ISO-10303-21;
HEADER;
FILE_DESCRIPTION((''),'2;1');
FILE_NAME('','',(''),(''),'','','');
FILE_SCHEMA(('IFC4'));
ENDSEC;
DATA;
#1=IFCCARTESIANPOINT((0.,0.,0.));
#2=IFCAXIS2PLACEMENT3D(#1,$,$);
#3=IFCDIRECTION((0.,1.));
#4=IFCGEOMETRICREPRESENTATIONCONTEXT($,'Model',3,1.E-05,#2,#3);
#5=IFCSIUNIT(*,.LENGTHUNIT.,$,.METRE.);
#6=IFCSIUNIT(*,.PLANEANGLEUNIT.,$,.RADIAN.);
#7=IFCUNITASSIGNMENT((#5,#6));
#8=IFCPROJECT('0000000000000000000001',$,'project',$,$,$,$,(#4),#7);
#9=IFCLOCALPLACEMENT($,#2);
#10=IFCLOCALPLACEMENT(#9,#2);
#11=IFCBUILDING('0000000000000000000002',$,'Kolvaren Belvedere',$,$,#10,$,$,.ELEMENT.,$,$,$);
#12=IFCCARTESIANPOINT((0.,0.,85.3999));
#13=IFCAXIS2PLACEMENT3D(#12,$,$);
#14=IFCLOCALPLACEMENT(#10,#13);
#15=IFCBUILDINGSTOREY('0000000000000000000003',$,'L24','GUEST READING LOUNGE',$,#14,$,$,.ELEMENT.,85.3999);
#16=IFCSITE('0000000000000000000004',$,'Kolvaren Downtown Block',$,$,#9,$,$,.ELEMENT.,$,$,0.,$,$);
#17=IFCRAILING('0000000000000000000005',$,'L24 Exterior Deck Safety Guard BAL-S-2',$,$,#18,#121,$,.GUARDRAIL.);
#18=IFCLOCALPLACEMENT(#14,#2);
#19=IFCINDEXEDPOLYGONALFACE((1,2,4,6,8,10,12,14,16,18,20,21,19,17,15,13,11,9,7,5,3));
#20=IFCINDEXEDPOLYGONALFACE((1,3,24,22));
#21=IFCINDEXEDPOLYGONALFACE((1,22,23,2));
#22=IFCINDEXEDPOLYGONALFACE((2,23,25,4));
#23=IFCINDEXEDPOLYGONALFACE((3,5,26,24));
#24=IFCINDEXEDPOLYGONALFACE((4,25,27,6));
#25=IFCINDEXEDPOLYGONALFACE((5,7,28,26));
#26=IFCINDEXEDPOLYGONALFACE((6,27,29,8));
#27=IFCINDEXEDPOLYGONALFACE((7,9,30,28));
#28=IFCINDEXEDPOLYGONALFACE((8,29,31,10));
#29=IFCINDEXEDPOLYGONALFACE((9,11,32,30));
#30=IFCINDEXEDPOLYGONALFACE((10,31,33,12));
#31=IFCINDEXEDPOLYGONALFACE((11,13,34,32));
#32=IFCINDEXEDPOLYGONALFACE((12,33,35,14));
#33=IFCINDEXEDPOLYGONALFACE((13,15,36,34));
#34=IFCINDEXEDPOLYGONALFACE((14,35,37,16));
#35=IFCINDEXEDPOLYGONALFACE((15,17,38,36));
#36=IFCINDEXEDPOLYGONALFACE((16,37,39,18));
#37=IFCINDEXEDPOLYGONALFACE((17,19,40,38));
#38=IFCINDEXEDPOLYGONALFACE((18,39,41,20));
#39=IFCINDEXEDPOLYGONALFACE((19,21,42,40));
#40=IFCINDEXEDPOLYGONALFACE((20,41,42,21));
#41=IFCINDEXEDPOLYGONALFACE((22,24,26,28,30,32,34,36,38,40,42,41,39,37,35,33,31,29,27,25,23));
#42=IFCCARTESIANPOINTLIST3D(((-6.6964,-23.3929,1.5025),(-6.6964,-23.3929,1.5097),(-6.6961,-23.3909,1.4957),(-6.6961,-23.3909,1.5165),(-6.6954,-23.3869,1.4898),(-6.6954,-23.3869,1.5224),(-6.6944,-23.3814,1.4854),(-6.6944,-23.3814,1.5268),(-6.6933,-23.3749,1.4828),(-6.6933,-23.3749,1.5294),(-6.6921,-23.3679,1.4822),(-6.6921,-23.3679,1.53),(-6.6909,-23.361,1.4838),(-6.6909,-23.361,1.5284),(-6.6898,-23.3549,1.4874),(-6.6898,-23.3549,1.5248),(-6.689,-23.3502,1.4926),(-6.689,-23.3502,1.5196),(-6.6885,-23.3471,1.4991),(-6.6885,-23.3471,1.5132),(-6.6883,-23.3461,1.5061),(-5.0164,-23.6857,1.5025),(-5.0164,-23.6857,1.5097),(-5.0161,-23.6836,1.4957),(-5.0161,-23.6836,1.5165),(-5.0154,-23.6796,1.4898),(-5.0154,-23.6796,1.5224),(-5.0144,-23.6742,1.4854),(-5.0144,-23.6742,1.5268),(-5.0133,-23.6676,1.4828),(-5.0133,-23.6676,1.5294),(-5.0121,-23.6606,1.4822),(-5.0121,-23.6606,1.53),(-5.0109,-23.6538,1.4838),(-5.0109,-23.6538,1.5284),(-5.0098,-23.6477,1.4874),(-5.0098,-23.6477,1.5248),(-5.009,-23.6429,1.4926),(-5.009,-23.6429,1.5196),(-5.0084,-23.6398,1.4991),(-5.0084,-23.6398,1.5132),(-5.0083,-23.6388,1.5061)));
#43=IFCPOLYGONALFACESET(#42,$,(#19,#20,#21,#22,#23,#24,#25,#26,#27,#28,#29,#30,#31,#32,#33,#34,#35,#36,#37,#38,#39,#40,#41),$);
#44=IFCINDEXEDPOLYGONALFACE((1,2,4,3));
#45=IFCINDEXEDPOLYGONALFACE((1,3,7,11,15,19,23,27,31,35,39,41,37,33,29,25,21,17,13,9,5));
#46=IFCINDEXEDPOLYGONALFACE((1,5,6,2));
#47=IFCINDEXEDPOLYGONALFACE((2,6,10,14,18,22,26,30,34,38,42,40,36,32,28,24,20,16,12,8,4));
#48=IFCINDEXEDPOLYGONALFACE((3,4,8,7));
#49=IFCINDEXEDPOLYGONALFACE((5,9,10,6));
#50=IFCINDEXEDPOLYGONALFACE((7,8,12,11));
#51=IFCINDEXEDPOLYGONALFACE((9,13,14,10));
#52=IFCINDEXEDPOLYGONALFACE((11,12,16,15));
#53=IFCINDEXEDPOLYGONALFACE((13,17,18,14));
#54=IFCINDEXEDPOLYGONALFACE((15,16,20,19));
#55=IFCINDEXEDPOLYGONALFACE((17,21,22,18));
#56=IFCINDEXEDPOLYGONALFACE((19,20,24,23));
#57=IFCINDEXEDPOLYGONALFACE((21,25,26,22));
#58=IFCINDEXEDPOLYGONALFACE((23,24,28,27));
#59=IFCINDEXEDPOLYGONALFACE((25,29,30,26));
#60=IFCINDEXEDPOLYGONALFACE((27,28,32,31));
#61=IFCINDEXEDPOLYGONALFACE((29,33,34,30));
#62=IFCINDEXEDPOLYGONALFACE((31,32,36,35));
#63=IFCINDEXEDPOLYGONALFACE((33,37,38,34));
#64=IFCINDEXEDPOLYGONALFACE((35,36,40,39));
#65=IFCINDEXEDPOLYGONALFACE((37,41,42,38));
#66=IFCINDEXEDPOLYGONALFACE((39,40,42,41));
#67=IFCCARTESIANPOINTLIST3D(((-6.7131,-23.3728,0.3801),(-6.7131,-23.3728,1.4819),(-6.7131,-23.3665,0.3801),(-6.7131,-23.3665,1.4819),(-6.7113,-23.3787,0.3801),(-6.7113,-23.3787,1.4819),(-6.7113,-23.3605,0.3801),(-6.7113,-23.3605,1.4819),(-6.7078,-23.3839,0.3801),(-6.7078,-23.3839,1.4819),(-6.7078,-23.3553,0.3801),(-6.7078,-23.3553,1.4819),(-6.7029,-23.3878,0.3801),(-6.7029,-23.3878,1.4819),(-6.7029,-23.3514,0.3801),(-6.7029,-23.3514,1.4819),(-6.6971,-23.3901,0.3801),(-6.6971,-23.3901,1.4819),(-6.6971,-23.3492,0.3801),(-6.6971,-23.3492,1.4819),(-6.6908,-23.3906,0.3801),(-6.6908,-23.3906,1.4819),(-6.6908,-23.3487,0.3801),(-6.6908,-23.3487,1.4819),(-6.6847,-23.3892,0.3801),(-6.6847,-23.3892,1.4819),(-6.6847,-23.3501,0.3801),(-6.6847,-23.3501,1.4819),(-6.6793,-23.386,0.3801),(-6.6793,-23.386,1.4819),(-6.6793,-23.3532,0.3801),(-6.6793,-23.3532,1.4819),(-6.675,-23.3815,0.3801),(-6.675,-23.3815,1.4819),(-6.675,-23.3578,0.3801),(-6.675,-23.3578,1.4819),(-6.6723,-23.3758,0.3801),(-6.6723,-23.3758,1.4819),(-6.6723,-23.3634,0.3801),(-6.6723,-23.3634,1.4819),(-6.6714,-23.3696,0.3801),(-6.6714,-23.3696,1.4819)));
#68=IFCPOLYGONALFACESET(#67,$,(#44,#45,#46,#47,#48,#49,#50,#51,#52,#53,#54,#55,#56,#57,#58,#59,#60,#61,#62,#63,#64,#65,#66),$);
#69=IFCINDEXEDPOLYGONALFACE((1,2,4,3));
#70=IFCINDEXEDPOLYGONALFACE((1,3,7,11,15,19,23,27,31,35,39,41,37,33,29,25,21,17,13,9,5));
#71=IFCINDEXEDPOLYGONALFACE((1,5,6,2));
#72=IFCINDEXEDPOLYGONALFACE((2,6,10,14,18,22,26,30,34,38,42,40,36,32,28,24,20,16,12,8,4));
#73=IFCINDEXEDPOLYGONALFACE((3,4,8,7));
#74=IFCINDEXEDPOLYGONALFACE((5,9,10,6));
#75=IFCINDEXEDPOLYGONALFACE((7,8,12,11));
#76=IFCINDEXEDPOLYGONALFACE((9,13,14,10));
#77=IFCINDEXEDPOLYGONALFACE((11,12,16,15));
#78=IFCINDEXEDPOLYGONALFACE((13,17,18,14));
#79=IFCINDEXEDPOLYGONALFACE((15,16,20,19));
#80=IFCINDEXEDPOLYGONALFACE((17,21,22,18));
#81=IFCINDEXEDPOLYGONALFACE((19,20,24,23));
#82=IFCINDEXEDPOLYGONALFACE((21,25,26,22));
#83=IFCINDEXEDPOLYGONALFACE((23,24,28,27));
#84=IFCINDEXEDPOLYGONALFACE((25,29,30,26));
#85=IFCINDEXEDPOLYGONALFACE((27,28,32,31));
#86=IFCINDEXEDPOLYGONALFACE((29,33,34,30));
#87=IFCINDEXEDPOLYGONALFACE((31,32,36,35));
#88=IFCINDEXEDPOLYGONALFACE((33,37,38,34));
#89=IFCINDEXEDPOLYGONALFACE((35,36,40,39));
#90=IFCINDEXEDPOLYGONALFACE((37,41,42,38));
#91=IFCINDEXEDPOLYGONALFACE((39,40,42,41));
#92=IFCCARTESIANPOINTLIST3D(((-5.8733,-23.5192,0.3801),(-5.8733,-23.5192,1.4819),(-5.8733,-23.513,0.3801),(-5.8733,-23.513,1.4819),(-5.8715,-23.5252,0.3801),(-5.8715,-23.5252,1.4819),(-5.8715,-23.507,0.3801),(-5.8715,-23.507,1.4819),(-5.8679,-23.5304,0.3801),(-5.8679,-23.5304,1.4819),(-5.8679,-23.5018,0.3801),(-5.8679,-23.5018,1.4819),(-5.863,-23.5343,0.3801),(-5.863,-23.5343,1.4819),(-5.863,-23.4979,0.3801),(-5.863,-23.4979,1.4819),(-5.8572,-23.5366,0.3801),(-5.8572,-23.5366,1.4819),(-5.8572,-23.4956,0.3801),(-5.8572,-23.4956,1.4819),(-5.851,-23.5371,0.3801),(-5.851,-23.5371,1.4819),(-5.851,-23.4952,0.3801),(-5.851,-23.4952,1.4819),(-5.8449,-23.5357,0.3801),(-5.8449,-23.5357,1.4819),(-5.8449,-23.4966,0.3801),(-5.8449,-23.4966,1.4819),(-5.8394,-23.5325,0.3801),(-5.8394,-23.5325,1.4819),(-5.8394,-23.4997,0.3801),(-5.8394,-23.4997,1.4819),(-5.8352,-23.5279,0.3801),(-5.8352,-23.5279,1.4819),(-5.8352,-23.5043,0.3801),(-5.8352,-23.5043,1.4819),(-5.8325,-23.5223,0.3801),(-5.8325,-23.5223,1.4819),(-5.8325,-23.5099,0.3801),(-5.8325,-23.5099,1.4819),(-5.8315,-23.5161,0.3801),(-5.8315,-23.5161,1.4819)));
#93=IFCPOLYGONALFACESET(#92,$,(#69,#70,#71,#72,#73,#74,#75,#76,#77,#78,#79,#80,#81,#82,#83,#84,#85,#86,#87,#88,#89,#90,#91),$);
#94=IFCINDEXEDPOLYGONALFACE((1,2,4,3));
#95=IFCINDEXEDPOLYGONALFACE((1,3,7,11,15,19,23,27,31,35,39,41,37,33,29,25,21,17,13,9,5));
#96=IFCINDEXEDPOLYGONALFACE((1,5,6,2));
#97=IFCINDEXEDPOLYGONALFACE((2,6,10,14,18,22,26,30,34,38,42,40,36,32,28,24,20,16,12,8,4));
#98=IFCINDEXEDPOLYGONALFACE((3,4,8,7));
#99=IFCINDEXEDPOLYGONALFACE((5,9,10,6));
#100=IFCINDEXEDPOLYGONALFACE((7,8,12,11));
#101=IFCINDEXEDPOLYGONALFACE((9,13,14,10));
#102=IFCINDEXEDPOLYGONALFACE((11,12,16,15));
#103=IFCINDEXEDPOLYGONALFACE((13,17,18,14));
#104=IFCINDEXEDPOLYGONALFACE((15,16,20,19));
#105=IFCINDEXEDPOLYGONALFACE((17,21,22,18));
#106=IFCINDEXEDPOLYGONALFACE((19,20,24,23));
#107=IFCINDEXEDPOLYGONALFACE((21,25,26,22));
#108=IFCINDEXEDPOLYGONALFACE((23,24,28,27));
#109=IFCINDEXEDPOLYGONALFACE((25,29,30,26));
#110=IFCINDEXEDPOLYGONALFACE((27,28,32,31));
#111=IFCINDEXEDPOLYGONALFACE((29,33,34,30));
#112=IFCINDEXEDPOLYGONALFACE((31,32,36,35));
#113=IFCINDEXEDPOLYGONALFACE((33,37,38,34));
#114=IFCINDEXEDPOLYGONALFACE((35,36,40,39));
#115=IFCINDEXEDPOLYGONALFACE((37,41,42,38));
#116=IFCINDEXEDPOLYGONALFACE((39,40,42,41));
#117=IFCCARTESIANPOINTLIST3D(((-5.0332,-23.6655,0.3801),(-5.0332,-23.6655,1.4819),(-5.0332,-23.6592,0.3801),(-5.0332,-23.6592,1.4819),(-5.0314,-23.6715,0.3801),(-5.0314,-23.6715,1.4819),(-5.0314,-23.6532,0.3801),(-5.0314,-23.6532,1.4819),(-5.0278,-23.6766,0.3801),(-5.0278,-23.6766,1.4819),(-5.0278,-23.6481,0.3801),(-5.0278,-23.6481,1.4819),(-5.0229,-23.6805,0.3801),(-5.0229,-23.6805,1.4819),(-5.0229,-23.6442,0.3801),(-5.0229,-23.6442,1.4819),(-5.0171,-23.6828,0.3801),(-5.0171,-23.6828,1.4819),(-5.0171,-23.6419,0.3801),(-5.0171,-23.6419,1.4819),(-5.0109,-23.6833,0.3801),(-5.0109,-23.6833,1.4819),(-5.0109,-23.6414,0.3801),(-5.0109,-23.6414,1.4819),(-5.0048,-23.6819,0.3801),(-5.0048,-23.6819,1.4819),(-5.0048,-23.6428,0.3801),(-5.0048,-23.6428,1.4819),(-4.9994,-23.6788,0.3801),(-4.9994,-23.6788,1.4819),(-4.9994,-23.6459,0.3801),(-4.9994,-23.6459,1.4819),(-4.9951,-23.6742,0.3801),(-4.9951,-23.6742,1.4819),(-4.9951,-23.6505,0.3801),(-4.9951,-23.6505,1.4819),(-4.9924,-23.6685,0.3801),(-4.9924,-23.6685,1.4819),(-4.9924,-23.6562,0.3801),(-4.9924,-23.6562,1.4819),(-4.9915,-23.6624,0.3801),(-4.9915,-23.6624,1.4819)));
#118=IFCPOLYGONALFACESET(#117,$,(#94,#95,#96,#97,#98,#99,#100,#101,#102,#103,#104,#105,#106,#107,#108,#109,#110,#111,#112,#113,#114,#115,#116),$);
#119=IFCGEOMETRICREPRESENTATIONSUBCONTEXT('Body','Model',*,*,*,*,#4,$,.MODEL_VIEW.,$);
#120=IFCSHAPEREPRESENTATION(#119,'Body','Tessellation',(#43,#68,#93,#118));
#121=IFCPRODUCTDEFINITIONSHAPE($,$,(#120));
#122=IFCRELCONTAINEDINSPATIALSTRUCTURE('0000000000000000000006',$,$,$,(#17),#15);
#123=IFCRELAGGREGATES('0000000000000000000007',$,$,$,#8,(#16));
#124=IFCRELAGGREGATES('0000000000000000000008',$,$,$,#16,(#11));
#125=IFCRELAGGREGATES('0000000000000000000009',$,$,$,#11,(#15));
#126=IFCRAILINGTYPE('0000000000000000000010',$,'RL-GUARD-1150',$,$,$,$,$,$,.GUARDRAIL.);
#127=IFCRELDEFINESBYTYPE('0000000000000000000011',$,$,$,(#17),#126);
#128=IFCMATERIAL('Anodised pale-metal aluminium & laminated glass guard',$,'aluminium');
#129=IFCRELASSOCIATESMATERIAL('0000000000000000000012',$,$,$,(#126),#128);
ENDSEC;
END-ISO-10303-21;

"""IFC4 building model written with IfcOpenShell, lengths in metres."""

from ifc_helpers import new_model, si_unit, direction, frame, origin, origin_2d, place, context, subcontext, project, spatial, circle, extrude, material, type_object, element, save


model = new_model("IFC4")

# Units and contexts
model_context = context("Model", 3, precision=1e-05, world=origin(), true_north=direction((0.0, 1.0)))
body_context = subcontext(model_context, "Body", "Model", "MODEL_VIEW")
ifc_project = project(units=[si_unit("LENGTHUNIT", "METRE"), si_unit("PLANEANGLEUNIT", "RADIAN")], contexts=[model_context])

# Site, building, storey
site_placement = place(None, origin())
site = spatial("IfcSite", under=ifc_project, at=site_placement, Name="Kolvaren Downtown Block", CompositionType="ELEMENT", RefElevation=0.0)
building_placement = place(site_placement, origin())
building = spatial("IfcBuilding", under=site, at=building_placement, Name="Kolvaren Belvedere", CompositionType="ELEMENT")
storey_placement = place(building_placement, frame((0.0, 0.0, 85.3999)))
storey = spatial("IfcBuildingStorey", under=building, at=storey_placement, Name="L24", Description="GUEST READING LOUNGE", CompositionType="ELEMENT", Elevation=85.3999)

# Railing
ifc_material_1 = material(Name="Anodised pale-metal aluminium & laminated glass guard", Category="aluminium")
railing_type = type_object("IfcRailingType", Name="RL-GUARD-1150", PredefinedType="GUARDRAIL", material=ifc_material_1)
railing_1_placement = place(storey_placement, frame((-6.6924, -23.3696, 0.3801)))
element("IfcRailing", 1, at=railing_1_placement, inside=storey, type_object=railing_type, Name="L24 Exterior Deck Safety Guard BAL-S-2", PredefinedType="GUARDRAIL", context=body_context, shape_type="SweptSolid", body=[
    extrude(circle(Radius=0.0239, at=origin_2d()), frame((0.0, 0.0, 1.126), z_axis=(0.985156, -0.171661, 0.0), x_axis=(0.171661, 0.985156, 0.0)), (0.0, 0.0, 1.0), 1.7053),
    extrude(circle(Radius=0.021, at=origin_2d()), origin(), (0.0, 0.0, 1.0), 1.1018),
    extrude(circle(Radius=0.021, at=origin_2d()), frame((0.8398, -0.1465, 0.0)), (0.0, 0.0, 1.0), 1.1018),
    extrude(circle(Radius=0.021, at=origin_2d()), frame((1.6799, -0.2927, 0.0)), (0.0, 0.0, 1.0), 1.1018),
])

save(model, "model.ifc")
